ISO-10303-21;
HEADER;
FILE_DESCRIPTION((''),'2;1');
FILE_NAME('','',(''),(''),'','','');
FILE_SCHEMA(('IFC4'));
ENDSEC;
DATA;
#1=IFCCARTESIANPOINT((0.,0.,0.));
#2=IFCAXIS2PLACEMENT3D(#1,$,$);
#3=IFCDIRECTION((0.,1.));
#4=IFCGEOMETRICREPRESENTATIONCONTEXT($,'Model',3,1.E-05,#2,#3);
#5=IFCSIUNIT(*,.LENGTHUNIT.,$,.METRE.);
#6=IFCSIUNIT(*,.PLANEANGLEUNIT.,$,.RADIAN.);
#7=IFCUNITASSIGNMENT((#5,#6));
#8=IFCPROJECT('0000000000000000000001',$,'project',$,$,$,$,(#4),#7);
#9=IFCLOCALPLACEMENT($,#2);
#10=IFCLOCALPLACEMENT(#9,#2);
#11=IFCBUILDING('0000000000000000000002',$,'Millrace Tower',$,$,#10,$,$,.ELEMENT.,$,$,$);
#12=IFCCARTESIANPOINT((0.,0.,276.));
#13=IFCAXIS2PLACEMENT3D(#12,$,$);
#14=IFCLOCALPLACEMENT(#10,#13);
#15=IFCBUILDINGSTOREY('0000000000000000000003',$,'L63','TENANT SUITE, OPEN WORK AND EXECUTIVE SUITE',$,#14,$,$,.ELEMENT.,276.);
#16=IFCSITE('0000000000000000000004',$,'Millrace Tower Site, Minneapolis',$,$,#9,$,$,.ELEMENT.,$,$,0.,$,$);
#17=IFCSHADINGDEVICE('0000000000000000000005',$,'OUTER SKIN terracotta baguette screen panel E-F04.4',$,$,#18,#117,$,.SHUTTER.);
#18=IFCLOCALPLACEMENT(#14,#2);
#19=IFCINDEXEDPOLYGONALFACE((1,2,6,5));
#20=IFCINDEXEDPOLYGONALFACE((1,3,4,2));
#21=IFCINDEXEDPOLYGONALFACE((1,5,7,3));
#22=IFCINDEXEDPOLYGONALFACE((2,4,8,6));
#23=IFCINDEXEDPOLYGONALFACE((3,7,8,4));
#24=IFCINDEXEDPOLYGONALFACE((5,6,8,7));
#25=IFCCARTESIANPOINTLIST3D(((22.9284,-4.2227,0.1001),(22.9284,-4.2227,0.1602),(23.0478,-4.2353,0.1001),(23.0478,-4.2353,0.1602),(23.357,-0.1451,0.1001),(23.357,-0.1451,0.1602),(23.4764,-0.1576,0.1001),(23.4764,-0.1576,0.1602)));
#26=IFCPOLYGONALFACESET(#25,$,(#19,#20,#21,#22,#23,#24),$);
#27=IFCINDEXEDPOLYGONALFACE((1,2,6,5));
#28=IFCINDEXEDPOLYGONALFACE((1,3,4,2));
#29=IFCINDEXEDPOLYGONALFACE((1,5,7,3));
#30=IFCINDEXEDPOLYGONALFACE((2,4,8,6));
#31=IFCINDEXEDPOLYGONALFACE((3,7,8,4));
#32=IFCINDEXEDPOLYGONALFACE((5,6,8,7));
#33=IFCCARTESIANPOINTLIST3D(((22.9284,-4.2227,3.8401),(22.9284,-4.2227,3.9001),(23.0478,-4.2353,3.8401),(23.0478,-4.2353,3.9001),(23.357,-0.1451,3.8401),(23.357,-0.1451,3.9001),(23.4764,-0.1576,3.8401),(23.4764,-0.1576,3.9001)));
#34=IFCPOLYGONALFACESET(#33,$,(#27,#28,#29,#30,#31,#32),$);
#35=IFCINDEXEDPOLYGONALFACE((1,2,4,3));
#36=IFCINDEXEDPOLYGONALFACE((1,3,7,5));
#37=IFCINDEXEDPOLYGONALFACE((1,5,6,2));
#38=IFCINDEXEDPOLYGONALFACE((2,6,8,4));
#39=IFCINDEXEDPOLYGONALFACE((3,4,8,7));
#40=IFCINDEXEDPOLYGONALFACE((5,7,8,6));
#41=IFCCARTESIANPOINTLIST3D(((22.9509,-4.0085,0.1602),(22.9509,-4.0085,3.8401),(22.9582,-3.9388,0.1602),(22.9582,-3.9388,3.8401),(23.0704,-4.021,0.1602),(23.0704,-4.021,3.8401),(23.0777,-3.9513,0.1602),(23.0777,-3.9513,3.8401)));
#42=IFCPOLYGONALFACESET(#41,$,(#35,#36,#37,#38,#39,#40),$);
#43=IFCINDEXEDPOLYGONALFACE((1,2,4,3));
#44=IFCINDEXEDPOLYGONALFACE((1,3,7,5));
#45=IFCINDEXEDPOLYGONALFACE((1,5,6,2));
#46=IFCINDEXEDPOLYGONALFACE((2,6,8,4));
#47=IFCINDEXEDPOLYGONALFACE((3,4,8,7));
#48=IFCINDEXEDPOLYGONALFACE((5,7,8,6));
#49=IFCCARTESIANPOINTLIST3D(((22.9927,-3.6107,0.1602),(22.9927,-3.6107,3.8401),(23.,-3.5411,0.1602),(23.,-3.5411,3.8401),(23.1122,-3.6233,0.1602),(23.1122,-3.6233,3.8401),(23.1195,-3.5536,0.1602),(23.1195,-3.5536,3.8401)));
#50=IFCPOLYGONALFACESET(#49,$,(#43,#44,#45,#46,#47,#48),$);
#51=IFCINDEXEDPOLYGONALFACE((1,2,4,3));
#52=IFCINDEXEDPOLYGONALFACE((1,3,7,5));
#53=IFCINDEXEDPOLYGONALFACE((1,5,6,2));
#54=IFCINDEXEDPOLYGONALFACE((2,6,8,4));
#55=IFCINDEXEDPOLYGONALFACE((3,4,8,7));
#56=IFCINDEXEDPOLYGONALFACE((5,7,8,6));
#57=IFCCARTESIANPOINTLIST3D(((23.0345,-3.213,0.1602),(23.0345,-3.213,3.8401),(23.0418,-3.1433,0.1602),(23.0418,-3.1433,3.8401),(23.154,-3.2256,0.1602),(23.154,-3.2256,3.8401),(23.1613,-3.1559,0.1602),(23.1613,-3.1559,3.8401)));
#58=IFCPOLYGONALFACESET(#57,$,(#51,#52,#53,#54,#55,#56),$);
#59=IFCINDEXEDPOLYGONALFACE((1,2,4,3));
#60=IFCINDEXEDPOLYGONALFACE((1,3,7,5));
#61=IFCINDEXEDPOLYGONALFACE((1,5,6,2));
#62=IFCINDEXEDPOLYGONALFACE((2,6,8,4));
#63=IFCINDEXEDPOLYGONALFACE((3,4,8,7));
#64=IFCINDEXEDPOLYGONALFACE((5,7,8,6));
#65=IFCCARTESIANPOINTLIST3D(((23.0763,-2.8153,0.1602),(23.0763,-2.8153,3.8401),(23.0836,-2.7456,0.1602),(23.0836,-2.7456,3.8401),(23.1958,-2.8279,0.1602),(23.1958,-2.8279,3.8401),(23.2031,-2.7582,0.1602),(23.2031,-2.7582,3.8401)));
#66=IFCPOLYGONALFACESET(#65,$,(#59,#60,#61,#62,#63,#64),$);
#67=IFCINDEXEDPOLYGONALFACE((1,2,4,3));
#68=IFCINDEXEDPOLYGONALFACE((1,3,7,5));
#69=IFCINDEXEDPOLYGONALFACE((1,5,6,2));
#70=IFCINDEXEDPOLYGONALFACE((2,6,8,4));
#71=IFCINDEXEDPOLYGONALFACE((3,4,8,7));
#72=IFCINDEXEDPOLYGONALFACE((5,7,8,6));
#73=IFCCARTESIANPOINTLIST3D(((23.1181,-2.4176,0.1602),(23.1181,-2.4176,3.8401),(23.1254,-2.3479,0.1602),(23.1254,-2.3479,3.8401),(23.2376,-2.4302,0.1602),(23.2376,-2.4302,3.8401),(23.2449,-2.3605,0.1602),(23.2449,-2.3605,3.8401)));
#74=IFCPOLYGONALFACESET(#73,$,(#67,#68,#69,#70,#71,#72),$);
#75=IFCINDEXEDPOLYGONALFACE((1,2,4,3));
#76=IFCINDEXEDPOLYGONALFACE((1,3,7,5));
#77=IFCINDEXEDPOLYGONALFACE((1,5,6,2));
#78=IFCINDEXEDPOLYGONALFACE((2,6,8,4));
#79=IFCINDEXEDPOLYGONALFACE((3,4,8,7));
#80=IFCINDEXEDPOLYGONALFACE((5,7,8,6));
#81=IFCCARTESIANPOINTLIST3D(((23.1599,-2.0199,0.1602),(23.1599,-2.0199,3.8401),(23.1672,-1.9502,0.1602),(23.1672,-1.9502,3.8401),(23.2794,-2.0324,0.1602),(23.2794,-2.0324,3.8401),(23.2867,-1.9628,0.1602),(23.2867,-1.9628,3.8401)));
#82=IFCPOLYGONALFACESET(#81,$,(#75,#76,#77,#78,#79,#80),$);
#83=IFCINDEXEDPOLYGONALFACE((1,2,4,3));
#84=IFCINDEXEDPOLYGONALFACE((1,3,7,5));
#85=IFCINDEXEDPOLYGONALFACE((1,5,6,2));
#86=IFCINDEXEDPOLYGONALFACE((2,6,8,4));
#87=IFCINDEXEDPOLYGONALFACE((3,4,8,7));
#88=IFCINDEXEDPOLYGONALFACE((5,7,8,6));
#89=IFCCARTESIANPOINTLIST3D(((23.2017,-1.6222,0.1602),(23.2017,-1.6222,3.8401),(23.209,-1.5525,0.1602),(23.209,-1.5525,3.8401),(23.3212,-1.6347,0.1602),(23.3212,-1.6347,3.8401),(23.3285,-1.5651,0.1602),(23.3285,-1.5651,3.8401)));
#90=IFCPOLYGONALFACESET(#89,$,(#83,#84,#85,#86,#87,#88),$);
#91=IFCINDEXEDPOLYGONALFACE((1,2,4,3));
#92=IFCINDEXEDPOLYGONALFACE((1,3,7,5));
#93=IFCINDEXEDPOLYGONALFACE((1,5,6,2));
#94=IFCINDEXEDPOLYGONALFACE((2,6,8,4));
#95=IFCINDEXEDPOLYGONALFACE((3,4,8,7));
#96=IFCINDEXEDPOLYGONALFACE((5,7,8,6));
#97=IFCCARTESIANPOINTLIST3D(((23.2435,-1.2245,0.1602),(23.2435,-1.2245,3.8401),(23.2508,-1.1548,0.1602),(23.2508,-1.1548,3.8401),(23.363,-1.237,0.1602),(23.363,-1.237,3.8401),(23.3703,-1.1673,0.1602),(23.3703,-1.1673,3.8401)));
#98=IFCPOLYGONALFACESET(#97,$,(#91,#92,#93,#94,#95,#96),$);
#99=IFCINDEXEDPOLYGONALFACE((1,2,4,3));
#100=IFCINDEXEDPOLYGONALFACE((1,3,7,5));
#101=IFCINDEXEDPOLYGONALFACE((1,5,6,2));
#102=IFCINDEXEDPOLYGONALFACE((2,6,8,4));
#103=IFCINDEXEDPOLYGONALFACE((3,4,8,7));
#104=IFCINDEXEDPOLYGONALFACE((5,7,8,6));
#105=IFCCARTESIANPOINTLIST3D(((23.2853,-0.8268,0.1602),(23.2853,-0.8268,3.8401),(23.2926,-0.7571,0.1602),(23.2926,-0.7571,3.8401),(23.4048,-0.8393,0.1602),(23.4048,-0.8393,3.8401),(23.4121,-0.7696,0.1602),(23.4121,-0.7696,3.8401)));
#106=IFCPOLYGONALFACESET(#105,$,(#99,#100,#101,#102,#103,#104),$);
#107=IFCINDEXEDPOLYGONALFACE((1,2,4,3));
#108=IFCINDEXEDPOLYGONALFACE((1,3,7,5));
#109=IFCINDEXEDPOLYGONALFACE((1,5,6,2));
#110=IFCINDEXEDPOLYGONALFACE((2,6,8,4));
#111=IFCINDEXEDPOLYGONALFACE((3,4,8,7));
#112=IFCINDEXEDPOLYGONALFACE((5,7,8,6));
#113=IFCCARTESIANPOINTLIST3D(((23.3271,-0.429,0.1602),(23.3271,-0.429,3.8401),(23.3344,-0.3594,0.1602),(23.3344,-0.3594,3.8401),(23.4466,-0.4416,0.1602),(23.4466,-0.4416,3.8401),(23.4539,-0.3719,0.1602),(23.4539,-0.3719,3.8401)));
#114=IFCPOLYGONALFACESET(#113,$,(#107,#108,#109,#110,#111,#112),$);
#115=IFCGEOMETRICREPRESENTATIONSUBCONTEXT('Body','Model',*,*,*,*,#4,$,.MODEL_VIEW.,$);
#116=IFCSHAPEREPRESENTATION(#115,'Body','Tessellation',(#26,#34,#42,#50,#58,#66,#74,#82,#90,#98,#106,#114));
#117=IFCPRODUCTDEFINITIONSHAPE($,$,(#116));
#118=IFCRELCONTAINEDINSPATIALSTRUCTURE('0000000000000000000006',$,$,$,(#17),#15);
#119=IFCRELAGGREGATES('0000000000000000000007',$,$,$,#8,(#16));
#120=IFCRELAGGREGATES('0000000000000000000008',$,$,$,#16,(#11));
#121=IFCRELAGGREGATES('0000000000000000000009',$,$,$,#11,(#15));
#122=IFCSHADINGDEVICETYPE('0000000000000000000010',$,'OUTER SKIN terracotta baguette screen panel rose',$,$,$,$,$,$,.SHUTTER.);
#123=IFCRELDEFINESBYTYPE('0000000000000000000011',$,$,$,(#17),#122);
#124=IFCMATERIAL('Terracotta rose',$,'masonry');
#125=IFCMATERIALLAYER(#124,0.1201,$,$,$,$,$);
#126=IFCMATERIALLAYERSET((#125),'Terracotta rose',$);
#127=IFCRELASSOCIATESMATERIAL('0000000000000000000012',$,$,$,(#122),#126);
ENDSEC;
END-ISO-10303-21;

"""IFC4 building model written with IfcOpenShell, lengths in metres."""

from ifc_helpers import new_model, entity, si_unit, direction, frame, frame_2d, origin, place, context, subcontext, project, spatial, rectangle, extrude, source, transform, mapped, material, layer, layer_set, type_object, element, save


model = new_model("IFC4")

# Units and contexts
model_context = context("Model", 3, precision=1e-05, world=origin(), true_north=direction((0.0, 1.0)))
body_context = subcontext(model_context, "Body", "Model", "MODEL_VIEW")
ifc_project = project(units=[si_unit("LENGTHUNIT", "METRE"), si_unit("PLANEANGLEUNIT", "RADIAN")], contexts=[model_context])

# Site, building, storey
site_placement = place(None, origin())
site = spatial("IfcSite", under=ifc_project, at=site_placement, Name="Millrace Tower Site, Minneapolis", CompositionType="ELEMENT", RefElevation=0.0)
building_placement = place(site_placement, origin())
building = spatial("IfcBuilding", under=site, at=building_placement, Name="Millrace Tower", CompositionType="ELEMENT")
storey_placement = place(building_placement, frame((0.0, 0.0, 276.0)))
storey = spatial("IfcBuildingStorey", under=building, at=storey_placement, Name="L63", Description="TENANT SUITE, OPEN WORK AND EXECUTIVE SUITE", CompositionType="ELEMENT", Elevation=276.0)

# Shading device
ifc_material_1 = material(Name="Terracotta rose", Category="masonry")
ifc_layer_1 = layer(ifc_material_1, 0.1201)
ifc_layer_set_1 = layer_set([ifc_layer_1], Name="Terracotta rose")
shading_device_type = type_object("IfcShadingDeviceType", Name="OUTER SKIN terracotta baguette screen panel rose", PredefinedType="SHUTTER", material=ifc_layer_set_1)
cartesian_point = entity("IfcCartesianPoint", [-2.05, 0.0601])
shared_polyline = entity("IfcPolyline", [cartesian_point, entity("IfcCartesianPoint", [2.05, 0.0601]), entity("IfcCartesianPoint", [2.05, -0.0601]), entity("IfcCartesianPoint", [-2.05, -0.0601]), cartesian_point])
shared_shape = source(origin(), body_context, "Body", "SweptSolid", [
    entity("IfcExtrudedAreaSolid", entity("IfcArbitraryClosedProfileDef", "AREA", None, shared_polyline), entity("IfcAxis2Placement3D", entity("IfcCartesianPoint", [0.0, 0.0, 0.0])), entity("IfcDirection", [0.0, 0.0, 1.0]), 0.0601),
    entity("IfcExtrudedAreaSolid", entity("IfcArbitraryClosedProfileDef", "AREA", None, shared_polyline), entity("IfcAxis2Placement3D", entity("IfcCartesianPoint", [0.0, 0.0, 3.74])), entity("IfcDirection", [0.0, 0.0, 1.0]), 0.0601),
    extrude(rectangle(XDim=0.0701, YDim=0.1201, at=frame_2d((-1.7996, 0.0))), frame((0.0, 0.0, 0.0601)), (0.0, 0.0, 1.0), 3.6799),
    extrude(rectangle(XDim=0.0701, YDim=0.1201, at=frame_2d((-1.3997, 0.0))), frame((0.0, 0.0, 0.0601)), (0.0, 0.0, 1.0), 3.6799),
    extrude(rectangle(XDim=0.0701, YDim=0.1201, at=frame_2d((-0.9998, 0.0))), frame((0.0, 0.0, 0.0601)), (0.0, 0.0, 1.0), 3.6799),
    extrude(rectangle(XDim=0.0701, YDim=0.1201, at=frame_2d((-0.5999, 0.0))), frame((0.0, 0.0, 0.0601)), (0.0, 0.0, 1.0), 3.6799),
    extrude(rectangle(XDim=0.0701, YDim=0.1201, at=frame_2d((-0.2, 0.0))), frame((0.0, 0.0, 0.0601)), (0.0, 0.0, 1.0), 3.6799),
    extrude(rectangle(XDim=0.0701, YDim=0.1201, at=frame_2d((0.2, 0.0))), frame((0.0, 0.0, 0.0601)), (0.0, 0.0, 1.0), 3.6799),
    extrude(rectangle(XDim=0.0701, YDim=0.1201, at=frame_2d((0.5999, 0.0))), frame((0.0, 0.0, 0.0601)), (0.0, 0.0, 1.0), 3.6799),
    extrude(rectangle(XDim=0.0701, YDim=0.1201, at=frame_2d((0.9998, 0.0))), frame((0.0, 0.0, 0.0601)), (0.0, 0.0, 1.0), 3.6799),
    extrude(rectangle(XDim=0.0701, YDim=0.1201, at=frame_2d((1.3997, 0.0))), frame((0.0, 0.0, 0.0601)), (0.0, 0.0, 1.0), 3.6799),
    extrude(rectangle(XDim=0.0701, YDim=0.1201, at=frame_2d((1.7996, 0.0))), frame((0.0, 0.0, 0.0601)), (0.0, 0.0, 1.0), 3.6799),
])
for number, where, z_axis, x_axis, name in (
    (1, (23.2024, -2.1902, 0.1001), (0.0, 0.0, 1.0), (0.104528, 0.994522, 0.0), "OUTER SKIN terracotta baguette screen panel E-F04.4"),
):
    element("IfcShadingDevice", number, at=place(storey_placement, frame(where, z_axis=z_axis, x_axis=x_axis)), inside=storey, type_object=shading_device_type, Name=name, PredefinedType="SHUTTER", context=body_context, shape_type="MappedRepresentation", body=[
        mapped(shared_shape, transform((0.0, 0.0, 0.0), scale=1.0)),
    ])

save(model, "model.ifc")
